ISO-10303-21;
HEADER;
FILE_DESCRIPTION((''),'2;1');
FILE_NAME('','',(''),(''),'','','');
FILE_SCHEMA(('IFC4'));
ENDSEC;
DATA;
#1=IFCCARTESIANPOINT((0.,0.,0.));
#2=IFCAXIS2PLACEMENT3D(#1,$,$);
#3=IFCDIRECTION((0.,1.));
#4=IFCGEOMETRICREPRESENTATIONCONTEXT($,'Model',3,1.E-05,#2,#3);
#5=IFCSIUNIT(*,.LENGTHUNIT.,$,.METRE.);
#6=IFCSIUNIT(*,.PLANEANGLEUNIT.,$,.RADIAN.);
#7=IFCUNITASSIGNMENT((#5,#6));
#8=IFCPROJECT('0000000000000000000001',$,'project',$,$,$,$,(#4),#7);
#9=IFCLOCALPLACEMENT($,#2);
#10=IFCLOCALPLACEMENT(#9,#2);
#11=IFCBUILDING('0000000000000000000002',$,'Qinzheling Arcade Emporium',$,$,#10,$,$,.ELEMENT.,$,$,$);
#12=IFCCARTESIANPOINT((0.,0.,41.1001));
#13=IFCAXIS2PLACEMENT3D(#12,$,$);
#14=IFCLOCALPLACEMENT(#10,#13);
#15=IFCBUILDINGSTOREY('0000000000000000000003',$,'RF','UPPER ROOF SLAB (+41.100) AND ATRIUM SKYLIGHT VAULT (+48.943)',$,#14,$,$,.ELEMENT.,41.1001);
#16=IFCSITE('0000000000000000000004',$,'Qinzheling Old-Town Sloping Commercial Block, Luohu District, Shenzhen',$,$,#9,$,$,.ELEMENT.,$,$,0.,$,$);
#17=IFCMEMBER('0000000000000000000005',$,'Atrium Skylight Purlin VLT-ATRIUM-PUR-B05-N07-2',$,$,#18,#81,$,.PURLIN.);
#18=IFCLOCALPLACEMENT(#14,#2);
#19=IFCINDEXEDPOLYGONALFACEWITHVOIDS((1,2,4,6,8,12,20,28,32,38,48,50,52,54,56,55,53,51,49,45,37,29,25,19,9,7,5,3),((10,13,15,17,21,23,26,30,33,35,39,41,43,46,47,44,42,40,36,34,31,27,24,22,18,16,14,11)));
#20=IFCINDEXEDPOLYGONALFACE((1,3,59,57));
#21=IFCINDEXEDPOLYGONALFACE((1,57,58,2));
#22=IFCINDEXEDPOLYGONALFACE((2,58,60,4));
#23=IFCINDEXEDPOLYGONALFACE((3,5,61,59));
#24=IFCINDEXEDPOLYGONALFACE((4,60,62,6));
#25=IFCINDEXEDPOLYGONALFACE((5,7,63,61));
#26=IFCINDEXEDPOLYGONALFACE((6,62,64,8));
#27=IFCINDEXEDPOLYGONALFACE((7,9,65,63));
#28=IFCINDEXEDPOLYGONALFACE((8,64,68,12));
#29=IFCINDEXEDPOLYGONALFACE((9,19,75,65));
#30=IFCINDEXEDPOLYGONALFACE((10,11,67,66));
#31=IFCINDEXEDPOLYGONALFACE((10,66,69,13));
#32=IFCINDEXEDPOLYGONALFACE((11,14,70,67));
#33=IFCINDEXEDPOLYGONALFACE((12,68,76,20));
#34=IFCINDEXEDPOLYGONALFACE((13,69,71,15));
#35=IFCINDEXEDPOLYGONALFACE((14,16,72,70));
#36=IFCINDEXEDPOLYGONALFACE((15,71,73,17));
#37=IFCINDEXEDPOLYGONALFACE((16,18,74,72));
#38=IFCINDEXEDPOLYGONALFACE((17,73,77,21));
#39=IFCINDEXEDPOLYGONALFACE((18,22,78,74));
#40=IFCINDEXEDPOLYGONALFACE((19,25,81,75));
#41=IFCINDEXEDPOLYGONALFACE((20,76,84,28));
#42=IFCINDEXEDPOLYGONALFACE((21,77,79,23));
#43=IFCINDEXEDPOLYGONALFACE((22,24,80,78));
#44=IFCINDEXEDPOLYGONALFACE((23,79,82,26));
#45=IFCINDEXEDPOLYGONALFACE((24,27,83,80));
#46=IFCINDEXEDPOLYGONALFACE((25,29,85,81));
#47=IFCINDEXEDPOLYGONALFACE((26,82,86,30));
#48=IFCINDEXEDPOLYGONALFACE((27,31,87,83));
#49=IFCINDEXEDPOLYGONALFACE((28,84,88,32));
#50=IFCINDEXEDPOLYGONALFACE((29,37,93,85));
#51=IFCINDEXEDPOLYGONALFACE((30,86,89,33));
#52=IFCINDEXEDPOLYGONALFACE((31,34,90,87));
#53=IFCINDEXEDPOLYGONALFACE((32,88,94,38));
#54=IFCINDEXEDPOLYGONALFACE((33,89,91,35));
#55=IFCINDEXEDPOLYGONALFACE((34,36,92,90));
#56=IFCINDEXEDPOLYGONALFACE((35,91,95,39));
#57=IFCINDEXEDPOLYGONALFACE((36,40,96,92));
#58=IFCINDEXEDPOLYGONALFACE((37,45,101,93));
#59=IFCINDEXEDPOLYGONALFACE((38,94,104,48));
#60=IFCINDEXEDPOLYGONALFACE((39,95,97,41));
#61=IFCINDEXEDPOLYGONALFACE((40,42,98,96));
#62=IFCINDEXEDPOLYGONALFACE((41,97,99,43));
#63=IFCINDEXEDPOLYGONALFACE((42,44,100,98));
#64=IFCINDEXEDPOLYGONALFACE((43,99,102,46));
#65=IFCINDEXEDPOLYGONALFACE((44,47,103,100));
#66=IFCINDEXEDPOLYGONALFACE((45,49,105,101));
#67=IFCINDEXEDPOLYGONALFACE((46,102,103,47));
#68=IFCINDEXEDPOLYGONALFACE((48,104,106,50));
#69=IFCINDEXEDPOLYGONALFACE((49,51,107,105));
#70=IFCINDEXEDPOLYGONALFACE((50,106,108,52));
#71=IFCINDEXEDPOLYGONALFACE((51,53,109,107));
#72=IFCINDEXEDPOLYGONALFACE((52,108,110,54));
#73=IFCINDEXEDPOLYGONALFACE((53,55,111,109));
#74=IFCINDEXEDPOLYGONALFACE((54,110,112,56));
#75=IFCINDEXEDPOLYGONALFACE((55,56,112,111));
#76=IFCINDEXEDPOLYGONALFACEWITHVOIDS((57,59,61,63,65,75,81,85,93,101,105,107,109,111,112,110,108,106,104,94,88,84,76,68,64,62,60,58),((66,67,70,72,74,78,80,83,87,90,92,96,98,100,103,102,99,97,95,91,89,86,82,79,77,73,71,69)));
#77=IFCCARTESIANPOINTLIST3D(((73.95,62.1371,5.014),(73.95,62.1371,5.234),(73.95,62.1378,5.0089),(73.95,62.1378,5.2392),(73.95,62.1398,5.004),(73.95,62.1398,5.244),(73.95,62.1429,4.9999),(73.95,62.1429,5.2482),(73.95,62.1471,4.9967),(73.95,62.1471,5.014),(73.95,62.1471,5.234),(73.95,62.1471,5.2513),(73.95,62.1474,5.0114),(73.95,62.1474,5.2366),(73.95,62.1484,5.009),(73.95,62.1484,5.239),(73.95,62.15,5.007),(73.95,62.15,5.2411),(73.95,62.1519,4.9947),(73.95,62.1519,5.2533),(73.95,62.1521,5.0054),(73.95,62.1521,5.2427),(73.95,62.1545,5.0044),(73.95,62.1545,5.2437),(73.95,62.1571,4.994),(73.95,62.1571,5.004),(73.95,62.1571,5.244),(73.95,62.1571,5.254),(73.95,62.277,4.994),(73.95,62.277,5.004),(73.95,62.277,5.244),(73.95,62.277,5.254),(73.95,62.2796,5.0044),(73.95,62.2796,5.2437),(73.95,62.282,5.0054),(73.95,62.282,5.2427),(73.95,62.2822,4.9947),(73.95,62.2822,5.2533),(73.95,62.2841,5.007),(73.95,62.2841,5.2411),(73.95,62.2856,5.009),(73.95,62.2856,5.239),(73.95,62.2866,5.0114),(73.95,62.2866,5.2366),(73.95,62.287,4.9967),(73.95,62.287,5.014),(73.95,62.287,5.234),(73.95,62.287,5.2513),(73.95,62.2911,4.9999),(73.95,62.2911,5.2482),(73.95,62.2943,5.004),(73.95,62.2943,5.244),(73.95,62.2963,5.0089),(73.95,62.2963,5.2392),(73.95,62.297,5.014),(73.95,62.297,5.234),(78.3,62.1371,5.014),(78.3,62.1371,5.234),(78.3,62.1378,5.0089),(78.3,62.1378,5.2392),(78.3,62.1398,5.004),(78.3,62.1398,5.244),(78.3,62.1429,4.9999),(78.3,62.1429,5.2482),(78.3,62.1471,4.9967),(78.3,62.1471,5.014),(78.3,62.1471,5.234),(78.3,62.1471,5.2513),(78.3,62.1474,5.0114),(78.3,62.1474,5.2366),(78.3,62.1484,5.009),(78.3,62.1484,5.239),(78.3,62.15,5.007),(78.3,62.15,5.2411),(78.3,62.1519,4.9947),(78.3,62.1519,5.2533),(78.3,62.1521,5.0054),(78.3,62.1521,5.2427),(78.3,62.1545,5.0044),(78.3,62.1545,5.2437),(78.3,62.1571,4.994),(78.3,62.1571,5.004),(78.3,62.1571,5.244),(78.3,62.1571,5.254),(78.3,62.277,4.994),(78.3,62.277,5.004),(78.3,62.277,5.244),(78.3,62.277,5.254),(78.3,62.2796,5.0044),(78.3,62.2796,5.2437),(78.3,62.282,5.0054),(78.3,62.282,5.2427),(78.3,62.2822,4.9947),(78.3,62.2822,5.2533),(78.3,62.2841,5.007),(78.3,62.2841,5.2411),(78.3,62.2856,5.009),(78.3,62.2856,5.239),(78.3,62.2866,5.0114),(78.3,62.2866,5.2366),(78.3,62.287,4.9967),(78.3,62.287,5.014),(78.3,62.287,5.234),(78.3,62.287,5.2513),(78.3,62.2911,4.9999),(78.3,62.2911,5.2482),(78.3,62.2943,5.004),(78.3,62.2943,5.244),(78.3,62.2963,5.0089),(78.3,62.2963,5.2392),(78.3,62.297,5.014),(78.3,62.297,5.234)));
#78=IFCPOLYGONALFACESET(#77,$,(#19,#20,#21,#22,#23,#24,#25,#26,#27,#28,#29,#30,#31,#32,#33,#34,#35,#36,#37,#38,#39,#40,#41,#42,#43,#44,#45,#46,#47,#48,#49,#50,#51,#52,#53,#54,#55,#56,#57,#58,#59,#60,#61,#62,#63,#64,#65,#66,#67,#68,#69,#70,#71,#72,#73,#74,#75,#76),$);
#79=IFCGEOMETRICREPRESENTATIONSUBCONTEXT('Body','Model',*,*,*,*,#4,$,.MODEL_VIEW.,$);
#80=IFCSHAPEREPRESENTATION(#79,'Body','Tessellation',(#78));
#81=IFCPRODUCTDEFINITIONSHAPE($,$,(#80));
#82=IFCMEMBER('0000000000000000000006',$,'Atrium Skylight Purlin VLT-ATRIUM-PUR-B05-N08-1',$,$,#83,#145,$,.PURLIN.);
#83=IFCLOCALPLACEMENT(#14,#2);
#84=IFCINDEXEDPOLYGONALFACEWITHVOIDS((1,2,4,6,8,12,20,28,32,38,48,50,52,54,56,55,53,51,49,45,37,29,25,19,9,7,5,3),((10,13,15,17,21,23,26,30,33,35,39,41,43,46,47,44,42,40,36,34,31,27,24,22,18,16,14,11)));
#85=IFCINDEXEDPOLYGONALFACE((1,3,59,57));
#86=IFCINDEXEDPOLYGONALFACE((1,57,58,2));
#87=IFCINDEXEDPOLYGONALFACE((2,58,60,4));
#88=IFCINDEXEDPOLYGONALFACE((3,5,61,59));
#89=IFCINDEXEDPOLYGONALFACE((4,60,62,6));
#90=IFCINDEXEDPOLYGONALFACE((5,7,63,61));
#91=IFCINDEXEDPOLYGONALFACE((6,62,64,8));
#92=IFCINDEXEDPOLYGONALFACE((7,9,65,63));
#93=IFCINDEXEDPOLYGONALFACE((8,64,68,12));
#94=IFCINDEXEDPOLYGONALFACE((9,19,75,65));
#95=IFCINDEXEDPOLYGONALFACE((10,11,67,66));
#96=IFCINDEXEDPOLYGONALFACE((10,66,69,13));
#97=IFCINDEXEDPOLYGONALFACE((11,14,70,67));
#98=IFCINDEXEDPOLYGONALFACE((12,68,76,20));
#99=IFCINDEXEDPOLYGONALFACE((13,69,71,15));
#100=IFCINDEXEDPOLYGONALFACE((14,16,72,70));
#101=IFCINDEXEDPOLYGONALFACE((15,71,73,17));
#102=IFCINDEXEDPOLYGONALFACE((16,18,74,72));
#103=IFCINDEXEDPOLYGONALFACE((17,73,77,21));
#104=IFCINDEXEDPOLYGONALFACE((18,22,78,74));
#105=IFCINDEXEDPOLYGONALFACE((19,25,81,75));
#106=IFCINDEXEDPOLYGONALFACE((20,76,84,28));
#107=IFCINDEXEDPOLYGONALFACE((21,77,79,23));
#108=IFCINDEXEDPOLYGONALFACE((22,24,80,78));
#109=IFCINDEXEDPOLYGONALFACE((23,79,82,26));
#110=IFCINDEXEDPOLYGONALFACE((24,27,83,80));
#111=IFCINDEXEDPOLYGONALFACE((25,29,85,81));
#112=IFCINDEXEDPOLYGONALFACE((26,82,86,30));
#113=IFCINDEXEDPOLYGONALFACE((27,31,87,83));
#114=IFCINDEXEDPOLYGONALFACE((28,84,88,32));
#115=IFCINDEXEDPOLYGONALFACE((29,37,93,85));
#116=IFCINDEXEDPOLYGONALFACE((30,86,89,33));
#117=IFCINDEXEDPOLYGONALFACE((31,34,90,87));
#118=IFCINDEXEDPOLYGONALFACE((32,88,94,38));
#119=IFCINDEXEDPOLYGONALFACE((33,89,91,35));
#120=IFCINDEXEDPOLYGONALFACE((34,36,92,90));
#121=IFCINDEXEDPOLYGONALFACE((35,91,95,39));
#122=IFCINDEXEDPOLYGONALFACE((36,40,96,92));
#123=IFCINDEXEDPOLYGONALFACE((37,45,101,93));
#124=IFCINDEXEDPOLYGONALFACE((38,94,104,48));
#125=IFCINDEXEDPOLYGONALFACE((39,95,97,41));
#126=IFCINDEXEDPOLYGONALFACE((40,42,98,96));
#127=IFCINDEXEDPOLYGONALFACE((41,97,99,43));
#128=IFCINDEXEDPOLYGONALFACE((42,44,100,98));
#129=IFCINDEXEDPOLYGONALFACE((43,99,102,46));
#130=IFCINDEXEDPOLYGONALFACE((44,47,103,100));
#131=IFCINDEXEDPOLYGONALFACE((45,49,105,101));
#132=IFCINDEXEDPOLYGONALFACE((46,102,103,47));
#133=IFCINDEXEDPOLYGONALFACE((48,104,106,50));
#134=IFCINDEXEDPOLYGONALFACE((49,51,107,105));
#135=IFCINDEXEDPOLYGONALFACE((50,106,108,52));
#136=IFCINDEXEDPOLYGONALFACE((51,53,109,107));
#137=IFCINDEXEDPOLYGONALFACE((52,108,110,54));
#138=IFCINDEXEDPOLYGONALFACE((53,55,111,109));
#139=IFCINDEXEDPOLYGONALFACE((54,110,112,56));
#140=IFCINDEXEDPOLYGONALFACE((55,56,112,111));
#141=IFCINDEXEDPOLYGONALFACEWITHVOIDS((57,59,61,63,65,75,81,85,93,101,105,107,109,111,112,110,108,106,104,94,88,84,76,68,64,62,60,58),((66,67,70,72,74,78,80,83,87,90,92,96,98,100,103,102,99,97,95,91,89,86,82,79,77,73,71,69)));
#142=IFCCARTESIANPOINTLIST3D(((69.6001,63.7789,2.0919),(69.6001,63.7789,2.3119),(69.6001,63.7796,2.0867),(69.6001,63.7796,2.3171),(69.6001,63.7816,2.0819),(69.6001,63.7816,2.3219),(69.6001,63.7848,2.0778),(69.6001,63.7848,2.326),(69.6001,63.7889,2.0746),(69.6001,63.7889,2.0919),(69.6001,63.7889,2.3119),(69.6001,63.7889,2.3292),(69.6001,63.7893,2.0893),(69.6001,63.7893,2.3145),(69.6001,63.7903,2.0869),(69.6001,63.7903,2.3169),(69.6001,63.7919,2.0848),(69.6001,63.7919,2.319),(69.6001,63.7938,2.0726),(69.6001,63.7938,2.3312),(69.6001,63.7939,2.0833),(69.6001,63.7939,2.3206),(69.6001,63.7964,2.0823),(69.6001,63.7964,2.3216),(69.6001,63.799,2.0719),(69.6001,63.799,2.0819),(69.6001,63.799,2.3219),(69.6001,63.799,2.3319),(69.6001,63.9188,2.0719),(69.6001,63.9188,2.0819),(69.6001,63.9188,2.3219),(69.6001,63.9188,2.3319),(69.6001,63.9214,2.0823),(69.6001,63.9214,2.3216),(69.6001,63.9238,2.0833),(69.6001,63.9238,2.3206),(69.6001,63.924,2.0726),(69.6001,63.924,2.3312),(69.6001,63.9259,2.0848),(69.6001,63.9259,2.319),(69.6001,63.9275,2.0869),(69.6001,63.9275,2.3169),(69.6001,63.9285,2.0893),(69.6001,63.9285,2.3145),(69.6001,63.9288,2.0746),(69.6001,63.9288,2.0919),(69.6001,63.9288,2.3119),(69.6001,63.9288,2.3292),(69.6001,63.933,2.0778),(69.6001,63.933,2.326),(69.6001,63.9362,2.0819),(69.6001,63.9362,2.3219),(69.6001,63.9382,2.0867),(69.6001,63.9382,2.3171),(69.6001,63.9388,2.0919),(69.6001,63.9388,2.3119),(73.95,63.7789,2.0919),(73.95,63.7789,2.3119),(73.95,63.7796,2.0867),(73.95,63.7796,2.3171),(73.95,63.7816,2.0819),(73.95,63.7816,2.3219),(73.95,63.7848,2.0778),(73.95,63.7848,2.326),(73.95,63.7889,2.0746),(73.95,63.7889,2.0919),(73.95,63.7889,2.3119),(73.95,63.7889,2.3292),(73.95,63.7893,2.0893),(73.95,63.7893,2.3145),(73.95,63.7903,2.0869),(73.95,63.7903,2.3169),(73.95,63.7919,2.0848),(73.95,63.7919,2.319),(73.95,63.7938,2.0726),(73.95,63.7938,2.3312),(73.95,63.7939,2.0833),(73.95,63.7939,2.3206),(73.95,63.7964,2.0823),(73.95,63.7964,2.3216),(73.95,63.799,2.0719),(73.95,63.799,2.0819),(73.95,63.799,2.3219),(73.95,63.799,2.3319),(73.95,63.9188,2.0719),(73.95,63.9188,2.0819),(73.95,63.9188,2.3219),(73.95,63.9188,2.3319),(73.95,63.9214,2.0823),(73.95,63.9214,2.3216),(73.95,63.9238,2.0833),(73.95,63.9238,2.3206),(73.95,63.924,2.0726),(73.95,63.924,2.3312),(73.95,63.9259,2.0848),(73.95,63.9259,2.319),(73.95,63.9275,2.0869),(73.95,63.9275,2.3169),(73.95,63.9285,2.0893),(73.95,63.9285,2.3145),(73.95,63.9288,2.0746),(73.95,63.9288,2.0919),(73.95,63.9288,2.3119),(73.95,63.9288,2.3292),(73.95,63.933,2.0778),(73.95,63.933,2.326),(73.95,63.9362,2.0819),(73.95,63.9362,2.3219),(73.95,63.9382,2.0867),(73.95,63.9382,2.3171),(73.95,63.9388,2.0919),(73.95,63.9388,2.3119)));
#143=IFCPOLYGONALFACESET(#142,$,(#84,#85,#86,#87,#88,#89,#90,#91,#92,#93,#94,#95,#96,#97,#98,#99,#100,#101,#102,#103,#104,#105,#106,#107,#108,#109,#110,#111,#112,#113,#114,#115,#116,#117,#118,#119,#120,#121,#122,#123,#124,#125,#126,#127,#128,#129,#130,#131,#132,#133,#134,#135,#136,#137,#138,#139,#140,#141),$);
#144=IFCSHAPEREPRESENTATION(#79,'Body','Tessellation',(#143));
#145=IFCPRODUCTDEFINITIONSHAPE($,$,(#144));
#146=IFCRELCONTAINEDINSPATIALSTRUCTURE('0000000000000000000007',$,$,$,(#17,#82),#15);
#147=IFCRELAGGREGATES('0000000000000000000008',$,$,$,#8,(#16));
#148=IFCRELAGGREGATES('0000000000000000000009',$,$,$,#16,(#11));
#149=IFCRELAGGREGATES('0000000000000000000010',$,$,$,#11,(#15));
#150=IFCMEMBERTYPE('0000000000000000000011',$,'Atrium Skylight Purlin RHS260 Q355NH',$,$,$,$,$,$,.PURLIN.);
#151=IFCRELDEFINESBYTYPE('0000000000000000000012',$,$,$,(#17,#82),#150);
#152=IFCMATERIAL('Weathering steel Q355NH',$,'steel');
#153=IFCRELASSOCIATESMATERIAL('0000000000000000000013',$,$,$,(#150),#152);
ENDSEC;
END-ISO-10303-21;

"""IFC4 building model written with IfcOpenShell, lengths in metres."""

from ifc_helpers import new_model, si_unit, direction, frame, origin, origin_2d, place, context, subcontext, project, spatial, hollow_rectangle, extrude, material, material_profile, profile_set, type_object, element, save


model = new_model("IFC4")

# Units and contexts
model_context = context("Model", 3, precision=1e-05, world=origin(), true_north=direction((0.0, 1.0)))
body_context = subcontext(model_context, "Body", "Model", "MODEL_VIEW")
ifc_project = project(units=[si_unit("LENGTHUNIT", "METRE"), si_unit("PLANEANGLEUNIT", "RADIAN")], contexts=[model_context])

# Site, building, storey
site_placement = place(None, origin())
site = spatial("IfcSite", under=ifc_project, at=site_placement, Name="Qinzheling Old-Town Sloping Commercial Block, Luohu District, Shenzhen", CompositionType="ELEMENT", RefElevation=0.0)
building_placement = place(site_placement, origin())
building = spatial("IfcBuilding", under=site, at=building_placement, Name="Qinzheling Arcade Emporium", CompositionType="ELEMENT")
storey_placement = place(building_placement, frame((0.0, 0.0, 41.1001)))
storey = spatial("IfcBuildingStorey", under=building, at=storey_placement, Name="RF", Description="UPPER ROOF SLAB (+41.100) AND ATRIUM SKYLIGHT VAULT (+48.943)", CompositionType="ELEMENT", Elevation=41.1001)

# Shared definitions
ifc_material_1 = material(Name="Weathering steel Q355NH", Category="steel")

# Members
ifc_material_profile_1 = material_profile(ifc_material_1, hollow_rectangle(XDim=0.1599, YDim=0.26, WallThickness=0.01, InnerFilletRadius=0.01, OuterFilletRadius=0.02, at=origin_2d()), Name="RHS 260x160x10", Category="steel")
ifc_profile_set_1 = profile_set([ifc_material_profile_1], Name="Weathering steel Q355NH")
member_type_1 = type_object("IfcMemberType", Name="Atrium Skylight Purlin RHS260 Q355NH", PredefinedType="PURLIN", material=ifc_profile_set_1)
member_1_placement = place(storey_placement, frame((73.95, 62.217, 5.124), z_axis=(1.0, 0.0, 0.0), x_axis=(0.0, 1.0, 0.0)))
element("IfcMember", 1, at=member_1_placement, inside=storey, type_object=member_type_1, Name="Atrium Skylight Purlin VLT-ATRIUM-PUR-B05-N07-2", PredefinedType="PURLIN", context=body_context, shape_type="SweptSolid", body=[
    extrude(hollow_rectangle(XDim=0.1599, YDim=0.26, WallThickness=0.01, InnerFilletRadius=0.01, OuterFilletRadius=0.02, at=origin_2d()), origin(), (0.0, 0.0, 1.0), 4.3501),
])
member_2_placement = place(storey_placement, frame((69.6001, 63.8589, 2.2019), z_axis=(1.0, 0.0, 0.0), x_axis=(0.0, 1.0, 0.0)))
element("IfcMember", 2, at=member_2_placement, inside=storey, type_object=member_type_1, Name="Atrium Skylight Purlin VLT-ATRIUM-PUR-B05-N08-1", PredefinedType="PURLIN", context=body_context, shape_type="SweptSolid", body=[
    extrude(hollow_rectangle(XDim=0.1599, YDim=0.26, WallThickness=0.01, InnerFilletRadius=0.01, OuterFilletRadius=0.02, at=origin_2d()), origin(), (0.0, 0.0, 1.0), 4.3499),
])

save(model, "model.ifc")
